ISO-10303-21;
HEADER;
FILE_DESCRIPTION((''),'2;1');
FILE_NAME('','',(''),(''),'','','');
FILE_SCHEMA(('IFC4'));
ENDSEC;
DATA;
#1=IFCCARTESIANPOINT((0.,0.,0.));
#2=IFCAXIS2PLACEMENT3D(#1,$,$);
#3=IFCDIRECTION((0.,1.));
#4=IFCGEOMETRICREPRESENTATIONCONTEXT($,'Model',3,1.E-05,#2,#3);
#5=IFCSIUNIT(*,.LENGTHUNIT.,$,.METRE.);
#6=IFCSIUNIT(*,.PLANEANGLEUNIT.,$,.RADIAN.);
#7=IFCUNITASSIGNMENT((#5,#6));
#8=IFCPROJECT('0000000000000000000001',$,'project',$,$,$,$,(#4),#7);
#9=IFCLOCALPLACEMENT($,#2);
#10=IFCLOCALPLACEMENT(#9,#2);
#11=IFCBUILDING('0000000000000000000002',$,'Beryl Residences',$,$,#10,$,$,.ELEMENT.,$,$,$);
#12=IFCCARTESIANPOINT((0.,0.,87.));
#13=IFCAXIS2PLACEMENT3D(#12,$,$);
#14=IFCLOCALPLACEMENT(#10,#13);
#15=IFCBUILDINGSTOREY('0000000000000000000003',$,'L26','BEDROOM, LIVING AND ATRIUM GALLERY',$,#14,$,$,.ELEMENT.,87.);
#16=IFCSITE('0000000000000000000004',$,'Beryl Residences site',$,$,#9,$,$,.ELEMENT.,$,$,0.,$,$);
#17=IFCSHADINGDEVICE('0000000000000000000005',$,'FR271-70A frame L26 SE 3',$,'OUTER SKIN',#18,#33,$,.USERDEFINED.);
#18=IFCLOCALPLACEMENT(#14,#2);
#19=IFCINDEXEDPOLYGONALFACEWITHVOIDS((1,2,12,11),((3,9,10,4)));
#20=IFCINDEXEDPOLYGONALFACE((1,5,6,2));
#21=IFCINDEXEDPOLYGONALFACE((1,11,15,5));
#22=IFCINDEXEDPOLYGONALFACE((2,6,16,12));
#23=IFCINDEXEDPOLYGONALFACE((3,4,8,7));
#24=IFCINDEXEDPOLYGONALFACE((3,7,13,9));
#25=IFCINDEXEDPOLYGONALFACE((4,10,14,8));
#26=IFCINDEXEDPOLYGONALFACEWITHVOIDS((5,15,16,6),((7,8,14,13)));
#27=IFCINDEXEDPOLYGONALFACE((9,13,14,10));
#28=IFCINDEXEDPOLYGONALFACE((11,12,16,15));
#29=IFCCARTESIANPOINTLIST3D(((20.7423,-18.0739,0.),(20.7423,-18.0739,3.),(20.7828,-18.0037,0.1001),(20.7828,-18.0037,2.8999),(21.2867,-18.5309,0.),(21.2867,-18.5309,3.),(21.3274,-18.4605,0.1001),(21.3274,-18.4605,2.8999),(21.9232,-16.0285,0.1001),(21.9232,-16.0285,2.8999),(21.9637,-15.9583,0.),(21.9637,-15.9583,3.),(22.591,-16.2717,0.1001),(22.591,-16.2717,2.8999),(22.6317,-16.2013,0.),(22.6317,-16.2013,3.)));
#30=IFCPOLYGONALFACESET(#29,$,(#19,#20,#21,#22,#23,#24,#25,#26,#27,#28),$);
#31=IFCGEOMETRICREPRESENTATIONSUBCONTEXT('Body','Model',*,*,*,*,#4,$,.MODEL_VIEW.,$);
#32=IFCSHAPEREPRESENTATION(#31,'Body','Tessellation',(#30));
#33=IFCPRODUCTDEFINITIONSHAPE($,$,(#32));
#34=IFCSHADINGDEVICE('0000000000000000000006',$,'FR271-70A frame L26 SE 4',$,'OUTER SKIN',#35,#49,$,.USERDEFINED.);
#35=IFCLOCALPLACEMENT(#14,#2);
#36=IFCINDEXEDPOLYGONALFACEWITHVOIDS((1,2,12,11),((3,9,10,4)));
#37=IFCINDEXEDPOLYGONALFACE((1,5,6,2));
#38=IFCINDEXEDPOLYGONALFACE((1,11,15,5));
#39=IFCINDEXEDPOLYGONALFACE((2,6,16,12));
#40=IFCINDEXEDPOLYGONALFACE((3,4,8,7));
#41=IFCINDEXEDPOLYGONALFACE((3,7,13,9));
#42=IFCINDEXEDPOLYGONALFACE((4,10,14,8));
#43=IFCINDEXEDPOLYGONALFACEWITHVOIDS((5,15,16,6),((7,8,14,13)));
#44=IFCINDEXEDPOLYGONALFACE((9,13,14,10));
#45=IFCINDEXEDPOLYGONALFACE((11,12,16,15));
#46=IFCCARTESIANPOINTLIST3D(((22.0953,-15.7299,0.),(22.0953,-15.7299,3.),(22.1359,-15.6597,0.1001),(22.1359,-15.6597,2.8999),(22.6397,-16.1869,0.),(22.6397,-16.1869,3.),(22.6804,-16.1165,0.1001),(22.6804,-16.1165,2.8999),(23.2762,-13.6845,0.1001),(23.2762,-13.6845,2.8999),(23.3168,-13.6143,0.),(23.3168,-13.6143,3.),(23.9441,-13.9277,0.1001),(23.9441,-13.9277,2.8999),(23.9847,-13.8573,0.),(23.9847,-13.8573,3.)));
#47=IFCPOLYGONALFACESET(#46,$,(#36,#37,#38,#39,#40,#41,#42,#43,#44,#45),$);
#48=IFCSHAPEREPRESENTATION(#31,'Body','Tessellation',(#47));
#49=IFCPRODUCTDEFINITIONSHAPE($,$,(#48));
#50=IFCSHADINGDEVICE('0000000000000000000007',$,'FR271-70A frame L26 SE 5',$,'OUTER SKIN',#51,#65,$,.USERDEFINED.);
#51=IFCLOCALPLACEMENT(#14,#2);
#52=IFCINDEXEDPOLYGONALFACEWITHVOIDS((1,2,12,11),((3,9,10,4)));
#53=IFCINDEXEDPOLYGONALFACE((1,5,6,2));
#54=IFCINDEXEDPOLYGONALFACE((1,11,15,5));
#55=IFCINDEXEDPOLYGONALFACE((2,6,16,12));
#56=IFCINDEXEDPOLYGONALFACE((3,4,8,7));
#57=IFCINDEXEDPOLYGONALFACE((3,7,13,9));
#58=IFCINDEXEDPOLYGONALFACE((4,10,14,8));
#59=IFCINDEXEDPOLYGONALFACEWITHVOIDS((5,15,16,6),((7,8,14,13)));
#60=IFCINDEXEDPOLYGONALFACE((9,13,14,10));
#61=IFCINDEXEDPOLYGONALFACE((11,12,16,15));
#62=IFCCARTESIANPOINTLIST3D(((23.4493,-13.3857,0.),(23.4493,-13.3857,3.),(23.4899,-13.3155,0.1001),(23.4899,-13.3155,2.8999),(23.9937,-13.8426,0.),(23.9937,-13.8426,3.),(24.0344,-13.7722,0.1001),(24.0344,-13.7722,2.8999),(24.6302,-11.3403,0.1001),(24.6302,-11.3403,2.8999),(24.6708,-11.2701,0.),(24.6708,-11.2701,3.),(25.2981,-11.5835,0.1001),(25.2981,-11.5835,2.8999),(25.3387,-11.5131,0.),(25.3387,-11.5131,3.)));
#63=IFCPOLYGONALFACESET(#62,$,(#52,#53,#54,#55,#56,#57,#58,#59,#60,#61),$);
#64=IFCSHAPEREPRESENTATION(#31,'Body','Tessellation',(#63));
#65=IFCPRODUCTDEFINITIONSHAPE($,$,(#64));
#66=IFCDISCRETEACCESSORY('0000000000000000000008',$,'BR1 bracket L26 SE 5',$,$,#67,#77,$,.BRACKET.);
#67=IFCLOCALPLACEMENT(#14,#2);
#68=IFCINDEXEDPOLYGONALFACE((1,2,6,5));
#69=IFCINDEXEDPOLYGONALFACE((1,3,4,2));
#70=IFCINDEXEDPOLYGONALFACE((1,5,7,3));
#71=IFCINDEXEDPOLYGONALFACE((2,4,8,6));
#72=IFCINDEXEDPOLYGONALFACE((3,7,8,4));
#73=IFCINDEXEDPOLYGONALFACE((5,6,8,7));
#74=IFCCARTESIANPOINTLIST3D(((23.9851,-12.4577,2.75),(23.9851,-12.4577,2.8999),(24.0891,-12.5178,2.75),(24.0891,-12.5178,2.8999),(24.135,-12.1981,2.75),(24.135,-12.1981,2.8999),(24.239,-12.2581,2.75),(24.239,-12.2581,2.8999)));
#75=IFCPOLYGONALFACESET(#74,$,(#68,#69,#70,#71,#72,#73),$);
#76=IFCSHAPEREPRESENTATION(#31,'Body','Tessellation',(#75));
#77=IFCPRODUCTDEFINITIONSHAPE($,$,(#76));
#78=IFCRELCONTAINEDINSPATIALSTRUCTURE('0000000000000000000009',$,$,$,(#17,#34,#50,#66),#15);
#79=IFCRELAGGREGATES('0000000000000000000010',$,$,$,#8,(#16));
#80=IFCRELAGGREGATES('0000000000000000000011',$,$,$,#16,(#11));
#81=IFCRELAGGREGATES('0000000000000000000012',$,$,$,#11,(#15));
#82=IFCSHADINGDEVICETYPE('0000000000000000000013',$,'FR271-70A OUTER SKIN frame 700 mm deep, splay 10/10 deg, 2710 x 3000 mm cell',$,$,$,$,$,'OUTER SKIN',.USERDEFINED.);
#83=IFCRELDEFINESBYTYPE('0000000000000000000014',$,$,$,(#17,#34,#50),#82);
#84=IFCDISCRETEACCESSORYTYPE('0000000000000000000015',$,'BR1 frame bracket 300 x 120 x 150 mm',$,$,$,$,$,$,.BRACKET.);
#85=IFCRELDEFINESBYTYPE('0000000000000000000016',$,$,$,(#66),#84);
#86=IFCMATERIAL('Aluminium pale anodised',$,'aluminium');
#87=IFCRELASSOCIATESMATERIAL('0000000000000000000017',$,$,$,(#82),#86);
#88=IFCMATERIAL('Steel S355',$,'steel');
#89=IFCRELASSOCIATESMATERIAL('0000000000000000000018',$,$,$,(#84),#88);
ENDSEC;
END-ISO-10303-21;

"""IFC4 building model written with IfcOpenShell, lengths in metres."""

from ifc_helpers import new_model, entity, si_unit, direction, frame, origin, place, context, subcontext, project, spatial, polyline, outline, extrude, source, transform, mapped, material, type_object, type_shapes, element, save


model = new_model("IFC4")

# Units and contexts
model_context = context("Model", 3, precision=1e-05, world=origin(), true_north=direction((0.0, 1.0)))
body_context = subcontext(model_context, "Body", "Model", "MODEL_VIEW")
ifc_project = project(units=[si_unit("LENGTHUNIT", "METRE"), si_unit("PLANEANGLEUNIT", "RADIAN")], contexts=[model_context])

# Site, building, storey
site_placement = place(None, origin())
site = spatial("IfcSite", under=ifc_project, at=site_placement, Name="Beryl Residences site", CompositionType="ELEMENT", RefElevation=0.0)
building_placement = place(site_placement, origin())
building = spatial("IfcBuilding", under=site, at=building_placement, Name="Beryl Residences", CompositionType="ELEMENT")
storey_placement = place(building_placement, frame((0.0, 0.0, 87.0)))
storey = spatial("IfcBuildingStorey", under=building, at=storey_placement, Name="L26", Description="BEDROOM, LIVING AND ATRIUM GALLERY", CompositionType="ELEMENT", Elevation=87.0)

# Shading devices
ifc_material_1 = material(Name="Aluminium pale anodised", Category="aluminium")
shading_device_type = type_object("IfcShadingDeviceType", Name="FR271-70A OUTER SKIN frame 700 mm deep, splay 10/10 deg, 2710 x 3000 mm cell", ElementType="OUTER SKIN", PredefinedType="USERDEFINED", material=ifc_material_1)
cartesian_point_1 = entity("IfcCartesianPoint", [-1.2214, 0.0])
cartesian_point_2 = entity("IfcCartesianPoint", [-1.1404, 0.1001])
cartesian_point_3 = entity("IfcCartesianPoint", [-1.345, 0.0])
cartesian_point_4 = entity("IfcCartesianPoint", [-1.2637, 0.1001])
shared_shape_1 = source(origin(), body_context, "Body", "SweptSolid", [
    entity("IfcExtrudedAreaSolidTapered", entity("IfcArbitraryProfileDefWithVoids", "AREA", None, entity("IfcPolyline", [cartesian_point_1, entity("IfcCartesianPoint", [1.2214, 0.0]), entity("IfcCartesianPoint", [1.2214, 3.0]), entity("IfcCartesianPoint", [-1.2214, 3.0]), cartesian_point_1]), [entity("IfcPolyline", [cartesian_point_2, entity("IfcCartesianPoint", [1.1404, 0.1001]), entity("IfcCartesianPoint", [1.1404, 2.8999]), entity("IfcCartesianPoint", [-1.1404, 2.8999]), cartesian_point_2])]), entity("IfcAxis2Placement3D", entity("IfcCartesianPoint", [0.0, 0.0, 0.0]), entity("IfcDirection", [0.0, 1.0, 0.0]), entity("IfcDirection", [-1.0, 0.0, 0.0])), entity("IfcDirection", [0.0, 0.0, 1.0]), 0.7, entity("IfcArbitraryProfileDefWithVoids", "AREA", None, entity("IfcPolyline", [cartesian_point_3, entity("IfcCartesianPoint", [1.345, 0.0]), entity("IfcCartesianPoint", [1.345, 3.0]), entity("IfcCartesianPoint", [-1.345, 3.0]), cartesian_point_3]), [entity("IfcPolyline", [cartesian_point_4, entity("IfcCartesianPoint", [1.2637, 0.1001]), entity("IfcCartesianPoint", [1.2637, 2.8999]), entity("IfcCartesianPoint", [-1.2637, 2.8999]), cartesian_point_4])])),
])
type_shapes(shading_device_type, [shared_shape_1])
for number, where, z_axis, x_axis, name in (
    (1, (21.353, -17.0161, 0.0), (0.0, 0.0, 1.0), (-0.5, -0.866025, 0.0), "FR271-70A frame L26 SE 3"),
    (2, (22.7061, -14.6721, 0.0), (0.0, 0.0, 1.0), (-0.5, -0.866025, 0.0), "FR271-70A frame L26 SE 4"),
    (3, (24.0601, -12.3279, 0.0), (0.0, 0.0, 1.0), (-0.5, -0.866025, 0.0), "FR271-70A frame L26 SE 5"),
):
    element("IfcShadingDevice", number, at=place(storey_placement, frame(where, z_axis=z_axis, x_axis=x_axis)), inside=storey, type_object=shading_device_type, Name=name, ObjectType="OUTER SKIN", PredefinedType="USERDEFINED", context=body_context, shape_type="MappedRepresentation", body=[
        mapped(shared_shape_1, transform((0.0, 0.0, 0.0))),
    ])

# Discrete accessory
ifc_material_2 = material(Name="Steel S355", Category="steel")
discrete_accessory_type = type_object("IfcDiscreteAccessoryType", Name="BR1 frame bracket 300 x 120 x 150 mm", PredefinedType="BRACKET", material=ifc_material_2)
shared_shape_2 = source(origin(), body_context, "Body", "SweptSolid", [
    extrude(outline(polyline([(-0.1499, 0.0), (0.1499, 0.0), (0.1499, 0.1201), (-0.1499, 0.1201), (-0.1499, 0.0)])), origin(), (0.0, 0.0, 1.0), 0.1499),
])
type_shapes(discrete_accessory_type, [shared_shape_2])
discrete_accessory_placement = place(storey_placement, frame((24.0601, -12.3279, 2.75), z_axis=(0.0, 0.0, 1.0), x_axis=(-0.5, -0.866025, 0.0)))
element("IfcDiscreteAccessory", 4, at=discrete_accessory_placement, inside=storey, type_object=discrete_accessory_type, Name="BR1 bracket L26 SE 5", PredefinedType="BRACKET", context=body_context, shape_type="MappedRepresentation", body=[
    mapped(shared_shape_2, transform((0.0, 0.0, 0.0))),
])

save(model, "model.ifc")
